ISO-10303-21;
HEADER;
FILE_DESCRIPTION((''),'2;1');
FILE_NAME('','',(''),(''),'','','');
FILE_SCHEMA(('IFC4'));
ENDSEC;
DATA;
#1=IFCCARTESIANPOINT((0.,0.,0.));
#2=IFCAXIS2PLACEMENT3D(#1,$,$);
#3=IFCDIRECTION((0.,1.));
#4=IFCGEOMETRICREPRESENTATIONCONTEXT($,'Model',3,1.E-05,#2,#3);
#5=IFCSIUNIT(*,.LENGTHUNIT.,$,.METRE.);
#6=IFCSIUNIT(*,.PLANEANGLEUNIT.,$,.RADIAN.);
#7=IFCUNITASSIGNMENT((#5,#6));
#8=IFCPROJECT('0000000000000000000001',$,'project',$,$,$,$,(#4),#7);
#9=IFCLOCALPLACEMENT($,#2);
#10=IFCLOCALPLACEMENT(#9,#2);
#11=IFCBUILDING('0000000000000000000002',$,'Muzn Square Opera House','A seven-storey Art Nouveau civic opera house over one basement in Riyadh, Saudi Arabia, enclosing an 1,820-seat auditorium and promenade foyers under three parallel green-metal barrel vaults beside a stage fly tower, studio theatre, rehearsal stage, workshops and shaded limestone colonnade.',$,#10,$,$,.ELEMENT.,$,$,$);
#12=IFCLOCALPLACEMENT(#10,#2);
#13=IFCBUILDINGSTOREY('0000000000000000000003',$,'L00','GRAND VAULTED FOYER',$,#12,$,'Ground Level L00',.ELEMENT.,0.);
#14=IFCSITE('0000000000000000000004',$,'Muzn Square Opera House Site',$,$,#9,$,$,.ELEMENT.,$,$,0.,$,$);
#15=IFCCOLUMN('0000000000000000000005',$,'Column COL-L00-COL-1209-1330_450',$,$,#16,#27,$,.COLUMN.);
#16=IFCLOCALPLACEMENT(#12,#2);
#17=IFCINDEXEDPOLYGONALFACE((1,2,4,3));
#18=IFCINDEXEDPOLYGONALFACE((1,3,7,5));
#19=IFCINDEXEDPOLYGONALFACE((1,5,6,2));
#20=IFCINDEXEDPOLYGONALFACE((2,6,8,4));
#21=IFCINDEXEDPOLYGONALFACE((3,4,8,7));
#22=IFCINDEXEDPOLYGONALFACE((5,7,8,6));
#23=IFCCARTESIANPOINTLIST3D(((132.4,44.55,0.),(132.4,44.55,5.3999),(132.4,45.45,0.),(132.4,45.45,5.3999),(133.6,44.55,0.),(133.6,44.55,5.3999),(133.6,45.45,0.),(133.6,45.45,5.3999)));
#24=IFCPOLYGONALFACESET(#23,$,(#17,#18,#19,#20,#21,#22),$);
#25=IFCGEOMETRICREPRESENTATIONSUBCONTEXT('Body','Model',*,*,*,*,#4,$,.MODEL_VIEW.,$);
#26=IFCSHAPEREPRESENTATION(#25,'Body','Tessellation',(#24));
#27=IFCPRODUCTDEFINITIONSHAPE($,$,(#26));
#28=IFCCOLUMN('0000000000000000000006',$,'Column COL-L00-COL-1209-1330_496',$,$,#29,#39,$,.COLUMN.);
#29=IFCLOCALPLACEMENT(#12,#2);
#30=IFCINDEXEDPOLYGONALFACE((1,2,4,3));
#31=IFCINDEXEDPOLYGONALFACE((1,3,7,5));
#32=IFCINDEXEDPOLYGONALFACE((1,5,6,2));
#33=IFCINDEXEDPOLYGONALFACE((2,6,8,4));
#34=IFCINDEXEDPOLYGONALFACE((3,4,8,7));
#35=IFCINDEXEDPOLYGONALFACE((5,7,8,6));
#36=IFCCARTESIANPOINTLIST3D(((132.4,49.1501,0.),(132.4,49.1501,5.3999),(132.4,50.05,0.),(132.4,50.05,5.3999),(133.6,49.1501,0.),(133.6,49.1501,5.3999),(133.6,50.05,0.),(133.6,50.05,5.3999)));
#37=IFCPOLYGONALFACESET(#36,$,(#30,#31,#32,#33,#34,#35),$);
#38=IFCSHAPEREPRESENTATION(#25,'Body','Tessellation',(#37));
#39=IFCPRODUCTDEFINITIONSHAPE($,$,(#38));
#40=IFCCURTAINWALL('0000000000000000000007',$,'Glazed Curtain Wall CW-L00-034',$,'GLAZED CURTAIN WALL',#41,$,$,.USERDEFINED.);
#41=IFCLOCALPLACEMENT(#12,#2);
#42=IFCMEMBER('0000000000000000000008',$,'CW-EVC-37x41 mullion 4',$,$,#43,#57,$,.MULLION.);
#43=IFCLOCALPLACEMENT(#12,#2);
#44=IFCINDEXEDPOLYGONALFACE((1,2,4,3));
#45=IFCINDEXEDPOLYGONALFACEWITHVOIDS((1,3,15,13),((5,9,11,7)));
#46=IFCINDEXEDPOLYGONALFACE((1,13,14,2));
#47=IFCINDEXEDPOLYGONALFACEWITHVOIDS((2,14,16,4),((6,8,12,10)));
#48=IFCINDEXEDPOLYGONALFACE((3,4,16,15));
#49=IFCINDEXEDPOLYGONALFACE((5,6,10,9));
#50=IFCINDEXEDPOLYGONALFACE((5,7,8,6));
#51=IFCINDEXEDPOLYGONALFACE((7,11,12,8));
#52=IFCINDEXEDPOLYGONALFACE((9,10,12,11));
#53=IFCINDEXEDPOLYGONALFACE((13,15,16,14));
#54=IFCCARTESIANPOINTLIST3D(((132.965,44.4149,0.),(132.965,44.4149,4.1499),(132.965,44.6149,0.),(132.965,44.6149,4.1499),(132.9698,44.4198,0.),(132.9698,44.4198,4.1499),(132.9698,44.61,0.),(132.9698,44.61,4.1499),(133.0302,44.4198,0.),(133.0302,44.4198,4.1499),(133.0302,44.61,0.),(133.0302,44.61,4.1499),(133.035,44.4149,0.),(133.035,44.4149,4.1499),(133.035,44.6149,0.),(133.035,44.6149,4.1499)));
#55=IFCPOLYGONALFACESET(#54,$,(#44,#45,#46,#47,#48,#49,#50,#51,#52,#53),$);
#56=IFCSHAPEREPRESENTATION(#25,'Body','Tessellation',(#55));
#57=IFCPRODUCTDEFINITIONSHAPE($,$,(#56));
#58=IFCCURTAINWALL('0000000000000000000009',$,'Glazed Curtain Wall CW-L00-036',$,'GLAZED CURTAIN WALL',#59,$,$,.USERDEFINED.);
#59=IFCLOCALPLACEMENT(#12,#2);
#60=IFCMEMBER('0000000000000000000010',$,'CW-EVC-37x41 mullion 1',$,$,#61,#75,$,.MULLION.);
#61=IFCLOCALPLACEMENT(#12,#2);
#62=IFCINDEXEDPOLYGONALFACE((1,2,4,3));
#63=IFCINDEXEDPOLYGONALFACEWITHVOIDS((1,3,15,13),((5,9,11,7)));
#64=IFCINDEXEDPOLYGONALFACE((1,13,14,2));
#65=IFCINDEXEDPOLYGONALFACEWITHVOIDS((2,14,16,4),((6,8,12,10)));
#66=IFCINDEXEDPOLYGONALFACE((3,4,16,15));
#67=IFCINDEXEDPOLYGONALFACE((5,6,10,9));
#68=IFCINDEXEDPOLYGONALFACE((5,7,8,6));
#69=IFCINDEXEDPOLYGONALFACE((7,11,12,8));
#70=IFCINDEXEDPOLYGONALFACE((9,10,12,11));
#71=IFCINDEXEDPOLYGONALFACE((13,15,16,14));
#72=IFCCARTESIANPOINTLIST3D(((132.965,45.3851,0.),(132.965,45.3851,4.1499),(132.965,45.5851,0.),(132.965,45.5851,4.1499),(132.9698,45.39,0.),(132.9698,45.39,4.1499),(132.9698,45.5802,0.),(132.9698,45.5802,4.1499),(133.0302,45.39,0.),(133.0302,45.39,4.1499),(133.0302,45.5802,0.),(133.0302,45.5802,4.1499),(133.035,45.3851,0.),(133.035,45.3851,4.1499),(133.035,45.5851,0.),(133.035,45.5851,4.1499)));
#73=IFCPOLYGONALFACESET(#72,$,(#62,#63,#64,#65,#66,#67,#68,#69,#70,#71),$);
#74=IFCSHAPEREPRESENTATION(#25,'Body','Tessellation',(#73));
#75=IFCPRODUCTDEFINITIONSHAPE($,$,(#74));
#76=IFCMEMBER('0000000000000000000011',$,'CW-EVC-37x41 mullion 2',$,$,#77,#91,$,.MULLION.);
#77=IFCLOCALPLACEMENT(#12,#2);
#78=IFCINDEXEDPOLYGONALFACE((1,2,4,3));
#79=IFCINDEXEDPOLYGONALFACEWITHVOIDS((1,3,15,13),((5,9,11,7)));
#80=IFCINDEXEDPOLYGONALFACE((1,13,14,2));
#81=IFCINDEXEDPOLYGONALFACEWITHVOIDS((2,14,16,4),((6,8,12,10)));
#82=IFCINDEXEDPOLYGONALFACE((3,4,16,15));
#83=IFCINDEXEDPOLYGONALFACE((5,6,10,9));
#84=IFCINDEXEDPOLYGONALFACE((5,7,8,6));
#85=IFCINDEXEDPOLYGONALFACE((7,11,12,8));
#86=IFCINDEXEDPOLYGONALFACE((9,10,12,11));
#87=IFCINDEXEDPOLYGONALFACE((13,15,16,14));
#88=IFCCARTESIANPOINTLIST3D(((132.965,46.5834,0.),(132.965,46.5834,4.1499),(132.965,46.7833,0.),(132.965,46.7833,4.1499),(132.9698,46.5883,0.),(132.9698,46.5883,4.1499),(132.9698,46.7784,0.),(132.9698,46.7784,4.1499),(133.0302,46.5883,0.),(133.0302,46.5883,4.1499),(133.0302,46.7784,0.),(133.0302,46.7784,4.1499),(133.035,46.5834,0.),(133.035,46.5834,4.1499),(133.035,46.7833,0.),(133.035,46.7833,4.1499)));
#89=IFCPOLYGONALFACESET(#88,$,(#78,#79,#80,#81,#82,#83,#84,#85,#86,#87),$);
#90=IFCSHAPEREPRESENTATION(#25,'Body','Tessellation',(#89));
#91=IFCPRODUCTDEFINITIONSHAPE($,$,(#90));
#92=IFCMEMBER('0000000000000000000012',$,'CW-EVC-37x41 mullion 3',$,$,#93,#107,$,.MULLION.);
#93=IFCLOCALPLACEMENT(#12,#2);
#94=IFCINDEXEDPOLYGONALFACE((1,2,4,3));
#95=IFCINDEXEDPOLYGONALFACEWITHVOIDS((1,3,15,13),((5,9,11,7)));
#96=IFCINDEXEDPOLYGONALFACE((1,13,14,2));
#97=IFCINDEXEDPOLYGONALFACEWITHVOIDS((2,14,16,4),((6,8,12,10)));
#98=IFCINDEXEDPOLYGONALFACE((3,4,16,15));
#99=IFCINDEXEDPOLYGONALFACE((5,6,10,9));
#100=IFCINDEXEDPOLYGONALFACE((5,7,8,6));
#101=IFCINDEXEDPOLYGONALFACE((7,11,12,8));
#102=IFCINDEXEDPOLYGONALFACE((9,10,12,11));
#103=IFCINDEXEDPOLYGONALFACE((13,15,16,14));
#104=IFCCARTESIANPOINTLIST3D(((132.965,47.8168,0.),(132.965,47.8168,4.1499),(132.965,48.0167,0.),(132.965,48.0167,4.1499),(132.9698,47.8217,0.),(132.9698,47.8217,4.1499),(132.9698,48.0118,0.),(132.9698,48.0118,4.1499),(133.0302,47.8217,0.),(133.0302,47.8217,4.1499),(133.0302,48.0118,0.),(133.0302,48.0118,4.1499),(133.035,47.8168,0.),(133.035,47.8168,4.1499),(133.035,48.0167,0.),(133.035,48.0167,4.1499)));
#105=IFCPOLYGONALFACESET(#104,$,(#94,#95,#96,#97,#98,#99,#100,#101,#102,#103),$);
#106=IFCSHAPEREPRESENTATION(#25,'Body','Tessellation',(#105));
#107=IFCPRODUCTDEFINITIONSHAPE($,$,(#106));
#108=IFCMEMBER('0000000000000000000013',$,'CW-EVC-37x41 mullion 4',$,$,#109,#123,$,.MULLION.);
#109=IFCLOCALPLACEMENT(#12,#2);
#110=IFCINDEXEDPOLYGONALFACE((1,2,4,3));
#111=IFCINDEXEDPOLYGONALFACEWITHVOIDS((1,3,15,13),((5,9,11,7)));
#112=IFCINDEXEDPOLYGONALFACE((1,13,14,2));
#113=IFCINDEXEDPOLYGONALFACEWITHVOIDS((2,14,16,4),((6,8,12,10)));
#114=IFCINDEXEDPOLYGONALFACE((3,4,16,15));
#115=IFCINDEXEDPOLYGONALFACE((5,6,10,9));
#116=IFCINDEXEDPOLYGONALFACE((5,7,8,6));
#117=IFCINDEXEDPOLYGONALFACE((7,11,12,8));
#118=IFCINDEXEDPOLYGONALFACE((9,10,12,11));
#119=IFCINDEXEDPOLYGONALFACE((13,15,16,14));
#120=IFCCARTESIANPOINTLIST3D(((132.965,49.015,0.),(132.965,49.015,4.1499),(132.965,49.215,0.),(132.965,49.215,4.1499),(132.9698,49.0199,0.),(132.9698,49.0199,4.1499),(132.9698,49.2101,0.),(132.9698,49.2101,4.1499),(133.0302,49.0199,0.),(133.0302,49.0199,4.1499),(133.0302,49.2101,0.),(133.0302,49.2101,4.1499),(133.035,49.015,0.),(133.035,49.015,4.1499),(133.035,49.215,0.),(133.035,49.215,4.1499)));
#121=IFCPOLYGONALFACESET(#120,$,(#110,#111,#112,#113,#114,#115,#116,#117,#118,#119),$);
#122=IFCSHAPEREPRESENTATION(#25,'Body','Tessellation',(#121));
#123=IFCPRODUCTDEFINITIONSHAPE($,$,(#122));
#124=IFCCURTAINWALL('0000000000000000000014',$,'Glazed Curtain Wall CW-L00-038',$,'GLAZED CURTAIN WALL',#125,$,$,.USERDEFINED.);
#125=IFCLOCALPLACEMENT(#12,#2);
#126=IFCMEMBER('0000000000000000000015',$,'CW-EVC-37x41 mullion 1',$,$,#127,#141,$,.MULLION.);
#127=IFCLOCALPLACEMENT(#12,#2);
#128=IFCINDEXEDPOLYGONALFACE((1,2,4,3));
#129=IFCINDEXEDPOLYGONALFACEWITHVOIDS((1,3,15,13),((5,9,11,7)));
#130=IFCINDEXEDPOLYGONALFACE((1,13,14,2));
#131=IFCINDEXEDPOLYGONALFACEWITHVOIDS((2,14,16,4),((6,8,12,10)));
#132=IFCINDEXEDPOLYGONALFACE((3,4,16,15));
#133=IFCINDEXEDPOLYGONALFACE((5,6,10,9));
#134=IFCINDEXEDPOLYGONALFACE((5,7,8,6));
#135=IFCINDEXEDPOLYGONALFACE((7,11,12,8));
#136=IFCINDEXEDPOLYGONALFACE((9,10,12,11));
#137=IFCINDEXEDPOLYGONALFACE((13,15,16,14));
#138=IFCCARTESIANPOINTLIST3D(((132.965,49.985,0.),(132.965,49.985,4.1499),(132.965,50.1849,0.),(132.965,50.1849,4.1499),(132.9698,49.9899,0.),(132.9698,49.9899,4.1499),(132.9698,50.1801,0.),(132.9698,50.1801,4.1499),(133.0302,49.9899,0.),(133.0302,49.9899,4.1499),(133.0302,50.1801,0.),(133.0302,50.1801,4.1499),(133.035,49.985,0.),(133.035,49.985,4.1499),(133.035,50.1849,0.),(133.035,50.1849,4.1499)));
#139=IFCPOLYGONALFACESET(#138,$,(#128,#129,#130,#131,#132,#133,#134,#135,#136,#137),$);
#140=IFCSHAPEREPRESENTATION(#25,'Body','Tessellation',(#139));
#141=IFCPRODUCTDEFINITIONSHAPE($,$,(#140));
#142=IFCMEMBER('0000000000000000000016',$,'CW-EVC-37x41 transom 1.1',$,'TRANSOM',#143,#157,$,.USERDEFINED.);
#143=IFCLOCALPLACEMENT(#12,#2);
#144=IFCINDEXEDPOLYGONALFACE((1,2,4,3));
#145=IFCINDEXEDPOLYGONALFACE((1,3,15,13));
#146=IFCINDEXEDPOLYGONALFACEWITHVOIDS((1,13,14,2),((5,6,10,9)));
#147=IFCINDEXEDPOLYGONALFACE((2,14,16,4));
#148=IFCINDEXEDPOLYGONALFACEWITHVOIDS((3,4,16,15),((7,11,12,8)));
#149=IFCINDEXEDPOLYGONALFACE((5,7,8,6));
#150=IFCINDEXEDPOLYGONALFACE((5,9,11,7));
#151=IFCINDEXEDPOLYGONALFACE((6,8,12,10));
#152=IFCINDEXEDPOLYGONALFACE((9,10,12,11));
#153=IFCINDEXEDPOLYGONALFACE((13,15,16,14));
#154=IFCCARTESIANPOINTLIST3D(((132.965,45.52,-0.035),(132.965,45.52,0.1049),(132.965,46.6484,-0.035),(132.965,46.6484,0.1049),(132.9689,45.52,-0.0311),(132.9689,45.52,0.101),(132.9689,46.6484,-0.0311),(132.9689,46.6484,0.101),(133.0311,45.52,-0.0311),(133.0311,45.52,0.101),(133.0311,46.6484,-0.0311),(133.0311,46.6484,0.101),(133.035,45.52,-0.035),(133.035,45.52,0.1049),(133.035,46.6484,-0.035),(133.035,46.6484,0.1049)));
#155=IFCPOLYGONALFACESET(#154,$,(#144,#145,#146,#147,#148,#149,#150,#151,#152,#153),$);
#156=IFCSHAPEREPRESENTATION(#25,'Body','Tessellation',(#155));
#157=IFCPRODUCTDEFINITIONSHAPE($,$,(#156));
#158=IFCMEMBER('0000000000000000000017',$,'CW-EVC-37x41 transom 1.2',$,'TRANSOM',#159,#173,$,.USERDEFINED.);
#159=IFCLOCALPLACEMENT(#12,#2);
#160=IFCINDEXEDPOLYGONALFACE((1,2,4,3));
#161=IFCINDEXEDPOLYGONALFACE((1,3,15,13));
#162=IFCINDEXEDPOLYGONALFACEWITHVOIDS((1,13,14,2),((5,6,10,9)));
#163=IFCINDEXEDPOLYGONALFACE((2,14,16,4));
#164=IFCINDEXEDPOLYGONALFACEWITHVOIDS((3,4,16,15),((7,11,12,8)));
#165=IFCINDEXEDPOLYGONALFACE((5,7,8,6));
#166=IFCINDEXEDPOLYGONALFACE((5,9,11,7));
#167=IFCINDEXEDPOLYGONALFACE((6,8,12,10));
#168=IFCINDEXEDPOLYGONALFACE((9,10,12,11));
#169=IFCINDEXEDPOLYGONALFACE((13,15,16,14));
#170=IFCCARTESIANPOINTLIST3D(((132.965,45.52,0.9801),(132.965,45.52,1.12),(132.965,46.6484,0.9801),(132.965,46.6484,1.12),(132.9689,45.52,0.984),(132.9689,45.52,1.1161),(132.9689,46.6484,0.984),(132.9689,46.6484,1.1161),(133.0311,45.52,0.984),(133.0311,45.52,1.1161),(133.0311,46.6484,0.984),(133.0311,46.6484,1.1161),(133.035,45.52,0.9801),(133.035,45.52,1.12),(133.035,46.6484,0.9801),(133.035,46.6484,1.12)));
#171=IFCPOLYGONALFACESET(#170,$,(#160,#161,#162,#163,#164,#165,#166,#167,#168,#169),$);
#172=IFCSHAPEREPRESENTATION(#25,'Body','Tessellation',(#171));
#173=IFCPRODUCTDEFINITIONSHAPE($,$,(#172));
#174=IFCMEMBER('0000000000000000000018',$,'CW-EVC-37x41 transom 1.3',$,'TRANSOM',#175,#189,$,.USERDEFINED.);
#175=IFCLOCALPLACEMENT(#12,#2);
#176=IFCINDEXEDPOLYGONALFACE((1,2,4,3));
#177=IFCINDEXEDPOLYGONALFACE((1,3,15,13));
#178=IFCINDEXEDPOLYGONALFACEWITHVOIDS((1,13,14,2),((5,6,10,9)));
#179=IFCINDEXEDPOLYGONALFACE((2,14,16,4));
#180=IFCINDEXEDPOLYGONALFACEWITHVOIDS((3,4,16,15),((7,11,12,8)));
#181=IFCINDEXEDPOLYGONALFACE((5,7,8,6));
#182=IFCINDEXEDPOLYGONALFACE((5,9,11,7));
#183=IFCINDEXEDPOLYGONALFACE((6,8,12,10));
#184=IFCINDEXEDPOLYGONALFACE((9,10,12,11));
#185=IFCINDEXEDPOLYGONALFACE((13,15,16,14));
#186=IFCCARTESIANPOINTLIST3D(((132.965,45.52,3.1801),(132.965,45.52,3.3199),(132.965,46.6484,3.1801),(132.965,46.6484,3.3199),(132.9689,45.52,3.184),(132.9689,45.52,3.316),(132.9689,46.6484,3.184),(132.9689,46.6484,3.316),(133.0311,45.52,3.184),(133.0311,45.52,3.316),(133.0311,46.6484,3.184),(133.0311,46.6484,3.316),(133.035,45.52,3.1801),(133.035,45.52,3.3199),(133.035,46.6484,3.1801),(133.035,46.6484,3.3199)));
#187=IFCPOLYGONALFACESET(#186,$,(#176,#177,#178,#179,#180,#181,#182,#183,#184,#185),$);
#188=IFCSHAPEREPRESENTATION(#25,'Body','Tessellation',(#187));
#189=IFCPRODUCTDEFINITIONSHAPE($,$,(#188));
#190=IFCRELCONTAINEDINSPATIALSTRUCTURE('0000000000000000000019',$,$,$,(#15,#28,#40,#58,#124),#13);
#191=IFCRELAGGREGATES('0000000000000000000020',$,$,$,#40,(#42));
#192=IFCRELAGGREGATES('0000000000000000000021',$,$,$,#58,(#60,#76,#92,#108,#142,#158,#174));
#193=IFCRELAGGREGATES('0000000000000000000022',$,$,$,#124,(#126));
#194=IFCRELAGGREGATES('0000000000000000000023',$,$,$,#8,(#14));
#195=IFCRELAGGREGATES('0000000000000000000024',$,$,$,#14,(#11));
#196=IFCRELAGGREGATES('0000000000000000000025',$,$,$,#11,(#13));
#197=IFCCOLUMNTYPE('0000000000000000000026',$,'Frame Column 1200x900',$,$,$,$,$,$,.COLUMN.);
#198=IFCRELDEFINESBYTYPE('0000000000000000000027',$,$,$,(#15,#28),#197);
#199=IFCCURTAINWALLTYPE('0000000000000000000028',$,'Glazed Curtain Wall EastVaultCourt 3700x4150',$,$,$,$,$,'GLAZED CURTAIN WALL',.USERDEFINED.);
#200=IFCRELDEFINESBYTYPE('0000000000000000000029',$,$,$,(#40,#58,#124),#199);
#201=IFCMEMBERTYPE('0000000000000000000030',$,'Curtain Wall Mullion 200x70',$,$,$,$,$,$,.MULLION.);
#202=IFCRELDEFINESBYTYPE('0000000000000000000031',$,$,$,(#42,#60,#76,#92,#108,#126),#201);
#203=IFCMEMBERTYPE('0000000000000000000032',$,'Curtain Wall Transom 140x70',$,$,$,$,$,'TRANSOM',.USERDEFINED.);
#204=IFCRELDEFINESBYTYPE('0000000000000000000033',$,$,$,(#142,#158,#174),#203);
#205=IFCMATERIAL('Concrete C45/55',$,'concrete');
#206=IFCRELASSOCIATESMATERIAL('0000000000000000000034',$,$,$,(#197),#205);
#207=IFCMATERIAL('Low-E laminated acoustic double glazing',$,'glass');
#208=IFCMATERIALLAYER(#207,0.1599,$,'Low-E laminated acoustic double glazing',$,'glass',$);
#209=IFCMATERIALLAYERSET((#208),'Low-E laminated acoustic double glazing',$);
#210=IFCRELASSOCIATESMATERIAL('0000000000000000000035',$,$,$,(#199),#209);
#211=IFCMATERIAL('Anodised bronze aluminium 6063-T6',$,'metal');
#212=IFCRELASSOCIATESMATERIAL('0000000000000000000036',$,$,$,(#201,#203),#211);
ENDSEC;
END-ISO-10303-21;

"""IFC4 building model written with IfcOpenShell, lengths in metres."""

from ifc_helpers import new_model, si_unit, direction, frame, origin, origin_2d, place, context, subcontext, project, spatial, rectangle, hollow_rectangle, extrude, material, layer, layer_set, material_profile, profile_set, type_object, element, aggregate, save


model = new_model("IFC4")

# Units and contexts
model_context = context("Model", 3, precision=1e-05, world=origin(), true_north=direction((0.0, 1.0)))
body_context = subcontext(model_context, "Body", "Model", "MODEL_VIEW")
ifc_project = project(units=[si_unit("LENGTHUNIT", "METRE"), si_unit("PLANEANGLEUNIT", "RADIAN")], contexts=[model_context])

# Site, building, storey
site_placement = place(None, origin())
site = spatial("IfcSite", under=ifc_project, at=site_placement, Name="Muzn Square Opera House Site", CompositionType="ELEMENT", RefElevation=0.0)
building_placement = place(site_placement, origin())
building = spatial("IfcBuilding", under=site, at=building_placement, Name="Muzn Square Opera House", Description="A seven-storey Art Nouveau civic opera house over one basement in Riyadh, Saudi Arabia, enclosing an 1,820-seat auditorium and promenade foyers under three parallel green-metal barrel vaults beside a stage fly tower, studio theatre, rehearsal stage, workshops and shaded limestone colonnade.", CompositionType="ELEMENT")
storey_placement = place(building_placement, origin())
storey = spatial("IfcBuildingStorey", under=building, at=storey_placement, Name="L00", Description="GRAND VAULTED FOYER", LongName="Ground Level L00", CompositionType="ELEMENT", Elevation=0.0)

# Columns
ifc_material_1 = material(Name="Concrete C45/55", Category="concrete")
ifc_material_profile_1 = material_profile(ifc_material_1, rectangle(XDim=1.2, YDim=0.8999, at=origin_2d()), Name="RC 1200x900", Category="concrete")
ifc_profile_set_1 = profile_set([ifc_material_profile_1], Name="Concrete C45/55")
column_type = type_object("IfcColumnType", Name="Frame Column 1200x900", PredefinedType="COLUMN", material=ifc_profile_set_1)
for number, where, z_axis, x_axis, name in (
    (1, (133.0, 45.0, 0.0), (0.0, 0.0, 1.0), (1.0, 0.0, 0.0), "Column COL-L00-COL-1209-1330_450"),
    (2, (133.0, 49.6001, 0.0), (0.0, 0.0, 1.0), (1.0, 0.0, 0.0), "Column COL-L00-COL-1209-1330_496"),
):
    element("IfcColumn", number, at=place(storey_placement, frame(where, z_axis=z_axis, x_axis=x_axis)), inside=storey, type_object=column_type, Name=name, PredefinedType="COLUMN", context=body_context, shape_type="SweptSolid", body=[
        extrude(rectangle(XDim=1.2, YDim=0.8999, at=origin_2d()), origin(), (0.0, 0.0, 1.0), 5.3999),
    ])

# Curtain wall, member
ifc_material_2 = material(Name="Low-E laminated acoustic double glazing", Category="glass")
ifc_layer_1 = layer(ifc_material_2, 0.1599, Name="Low-E laminated acoustic double glazing", Category="glass")
ifc_layer_set_1 = layer_set([ifc_layer_1], Name="Low-E laminated acoustic double glazing")
curtain_wall_type = type_object("IfcCurtainWallType", Name="Glazed Curtain Wall EastVaultCourt 3700x4150", ElementType="GLAZED CURTAIN WALL", PredefinedType="USERDEFINED", material=ifc_layer_set_1)
curtain_wall_1_placement = place(storey_placement, origin())
curtain_wall_1 = element("IfcCurtainWall", 3, at=curtain_wall_1_placement, inside=storey, type_object=curtain_wall_type, Name="Glazed Curtain Wall CW-L00-034", ObjectType="GLAZED CURTAIN WALL", PredefinedType="USERDEFINED")
ifc_material_3 = material(Name="Anodised bronze aluminium 6063-T6", Category="metal")
ifc_material_profile_2 = material_profile(ifc_material_3, hollow_rectangle(XDim=0.0701, YDim=0.2, WallThickness=0.0049, at=origin_2d()), Name="ALU 200x70x5", Category="metal")
ifc_profile_set_2 = profile_set([ifc_material_profile_2], Name="Anodised bronze aluminium 6063-T6")
member_type_1 = type_object("IfcMemberType", Name="Curtain Wall Mullion 200x70", PredefinedType="MULLION", material=ifc_profile_set_2)
member_1_placement = place(storey_placement, frame((133.0, 44.5149, 0.0), z_axis=(0.0, 0.0, 1.0), x_axis=(-1.0, 0.0, 0.0)))
member_1 = element("IfcMember", 4, at=member_1_placement, type_object=member_type_1, Name="CW-EVC-37x41 mullion 4", PredefinedType="MULLION", context=body_context, shape_type="SweptSolid", body=[
    extrude(hollow_rectangle(XDim=0.0701, YDim=0.2, WallThickness=0.0049, at=origin_2d()), origin(), (0.0, 0.0, 1.0), 4.1499),
])
aggregate(curtain_wall_1, [member_1])

# Curtain wall, members
curtain_wall_2_placement = place(storey_placement, origin())
curtain_wall_2 = element("IfcCurtainWall", 5, at=curtain_wall_2_placement, inside=storey, type_object=curtain_wall_type, Name="Glazed Curtain Wall CW-L00-036", ObjectType="GLAZED CURTAIN WALL", PredefinedType="USERDEFINED")
member_2_placement = place(storey_placement, frame((133.0, 45.4851, 0.0), z_axis=(0.0, 0.0, 1.0), x_axis=(-1.0, 0.0, 0.0)))
member_2 = element("IfcMember", 6, at=member_2_placement, type_object=member_type_1, Name="CW-EVC-37x41 mullion 1", PredefinedType="MULLION", context=body_context, shape_type="SweptSolid", body=[
    extrude(hollow_rectangle(XDim=0.0701, YDim=0.2, WallThickness=0.0049, at=origin_2d()), origin(), (0.0, 0.0, 1.0), 4.1499),
])
member_3_placement = place(storey_placement, frame((133.0, 46.6833, 0.0), z_axis=(0.0, 0.0, 1.0), x_axis=(-1.0, 0.0, 0.0)))
member_3 = element("IfcMember", 7, at=member_3_placement, type_object=member_type_1, Name="CW-EVC-37x41 mullion 2", PredefinedType="MULLION", context=body_context, shape_type="SweptSolid", body=[
    extrude(hollow_rectangle(XDim=0.0701, YDim=0.2, WallThickness=0.0049, at=origin_2d()), origin(), (0.0, 0.0, 1.0), 4.1499),
])
member_4_placement = place(storey_placement, frame((133.0, 47.9167, 0.0), z_axis=(0.0, 0.0, 1.0), x_axis=(-1.0, 0.0, 0.0)))
member_4 = element("IfcMember", 8, at=member_4_placement, type_object=member_type_1, Name="CW-EVC-37x41 mullion 3", PredefinedType="MULLION", context=body_context, shape_type="SweptSolid", body=[
    extrude(hollow_rectangle(XDim=0.0701, YDim=0.2, WallThickness=0.0049, at=origin_2d()), origin(), (0.0, 0.0, 1.0), 4.1499),
])
member_5_placement = place(storey_placement, frame((133.0, 49.115, 0.0), z_axis=(0.0, 0.0, 1.0), x_axis=(-1.0, 0.0, 0.0)))
member_5 = element("IfcMember", 9, at=member_5_placement, type_object=member_type_1, Name="CW-EVC-37x41 mullion 4", PredefinedType="MULLION", context=body_context, shape_type="SweptSolid", body=[
    extrude(hollow_rectangle(XDim=0.0701, YDim=0.2, WallThickness=0.0049, at=origin_2d()), origin(), (0.0, 0.0, 1.0), 4.1499),
])

# Curtain wall, member
curtain_wall_3_placement = place(storey_placement, origin())
curtain_wall_3 = element("IfcCurtainWall", 10, at=curtain_wall_3_placement, inside=storey, type_object=curtain_wall_type, Name="Glazed Curtain Wall CW-L00-038", ObjectType="GLAZED CURTAIN WALL", PredefinedType="USERDEFINED")
member_6_placement = place(storey_placement, frame((133.0, 50.085, 0.0), z_axis=(0.0, 0.0, 1.0), x_axis=(-1.0, 0.0, 0.0)))
member_6 = element("IfcMember", 11, at=member_6_placement, type_object=member_type_1, Name="CW-EVC-37x41 mullion 1", PredefinedType="MULLION", context=body_context, shape_type="SweptSolid", body=[
    extrude(hollow_rectangle(XDim=0.0701, YDim=0.2, WallThickness=0.0049, at=origin_2d()), origin(), (0.0, 0.0, 1.0), 4.1499),
])

# Members
ifc_material_profile_3 = material_profile(ifc_material_3, hollow_rectangle(XDim=0.0701, YDim=0.1399, WallThickness=0.0039, at=origin_2d()), Name="ALU 140x70x4", Category="metal")
ifc_profile_set_3 = profile_set([ifc_material_profile_3], Name="Anodised bronze aluminium 6063-T6")
member_type_2 = type_object("IfcMemberType", Name="Curtain Wall Transom 140x70", ElementType="TRANSOM", PredefinedType="USERDEFINED", material=ifc_profile_set_3)
member_7_placement = place(storey_placement, frame((133.0, 45.52, 0.0349), z_axis=(0.0, 1.0, 0.0), x_axis=(-1.0, 0.0, 0.0)))
member_7 = element("IfcMember", 12, at=member_7_placement, type_object=member_type_2, Name="CW-EVC-37x41 transom 1.1", ObjectType="TRANSOM", PredefinedType="USERDEFINED", context=body_context, shape_type="SweptSolid", body=[
    extrude(hollow_rectangle(XDim=0.0701, YDim=0.1399, WallThickness=0.0039, at=origin_2d()), origin(), (0.0, 0.0, 1.0), 1.1284),
])
member_8_placement = place(storey_placement, frame((133.0, 45.52, 1.05), z_axis=(0.0, 1.0, 0.0), x_axis=(-1.0, 0.0, 0.0)))
member_8 = element("IfcMember", 13, at=member_8_placement, type_object=member_type_2, Name="CW-EVC-37x41 transom 1.2", ObjectType="TRANSOM", PredefinedType="USERDEFINED", context=body_context, shape_type="SweptSolid", body=[
    extrude(hollow_rectangle(XDim=0.0701, YDim=0.1399, WallThickness=0.0039, at=origin_2d()), origin(), (0.0, 0.0, 1.0), 1.1284),
])
member_9_placement = place(storey_placement, frame((133.0, 45.52, 3.25), z_axis=(0.0, 1.0, 0.0), x_axis=(-1.0, 0.0, 0.0)))
member_9 = element("IfcMember", 14, at=member_9_placement, type_object=member_type_2, Name="CW-EVC-37x41 transom 1.3", ObjectType="TRANSOM", PredefinedType="USERDEFINED", context=body_context, shape_type="SweptSolid", body=[
    extrude(hollow_rectangle(XDim=0.0701, YDim=0.1399, WallThickness=0.0039, at=origin_2d()), origin(), (0.0, 0.0, 1.0), 1.1284),
])

aggregate(curtain_wall_2, [member_2, member_3, member_4, member_5, member_7, member_8, member_9])
aggregate(curtain_wall_3, [member_6])

save(model, "model.ifc")
